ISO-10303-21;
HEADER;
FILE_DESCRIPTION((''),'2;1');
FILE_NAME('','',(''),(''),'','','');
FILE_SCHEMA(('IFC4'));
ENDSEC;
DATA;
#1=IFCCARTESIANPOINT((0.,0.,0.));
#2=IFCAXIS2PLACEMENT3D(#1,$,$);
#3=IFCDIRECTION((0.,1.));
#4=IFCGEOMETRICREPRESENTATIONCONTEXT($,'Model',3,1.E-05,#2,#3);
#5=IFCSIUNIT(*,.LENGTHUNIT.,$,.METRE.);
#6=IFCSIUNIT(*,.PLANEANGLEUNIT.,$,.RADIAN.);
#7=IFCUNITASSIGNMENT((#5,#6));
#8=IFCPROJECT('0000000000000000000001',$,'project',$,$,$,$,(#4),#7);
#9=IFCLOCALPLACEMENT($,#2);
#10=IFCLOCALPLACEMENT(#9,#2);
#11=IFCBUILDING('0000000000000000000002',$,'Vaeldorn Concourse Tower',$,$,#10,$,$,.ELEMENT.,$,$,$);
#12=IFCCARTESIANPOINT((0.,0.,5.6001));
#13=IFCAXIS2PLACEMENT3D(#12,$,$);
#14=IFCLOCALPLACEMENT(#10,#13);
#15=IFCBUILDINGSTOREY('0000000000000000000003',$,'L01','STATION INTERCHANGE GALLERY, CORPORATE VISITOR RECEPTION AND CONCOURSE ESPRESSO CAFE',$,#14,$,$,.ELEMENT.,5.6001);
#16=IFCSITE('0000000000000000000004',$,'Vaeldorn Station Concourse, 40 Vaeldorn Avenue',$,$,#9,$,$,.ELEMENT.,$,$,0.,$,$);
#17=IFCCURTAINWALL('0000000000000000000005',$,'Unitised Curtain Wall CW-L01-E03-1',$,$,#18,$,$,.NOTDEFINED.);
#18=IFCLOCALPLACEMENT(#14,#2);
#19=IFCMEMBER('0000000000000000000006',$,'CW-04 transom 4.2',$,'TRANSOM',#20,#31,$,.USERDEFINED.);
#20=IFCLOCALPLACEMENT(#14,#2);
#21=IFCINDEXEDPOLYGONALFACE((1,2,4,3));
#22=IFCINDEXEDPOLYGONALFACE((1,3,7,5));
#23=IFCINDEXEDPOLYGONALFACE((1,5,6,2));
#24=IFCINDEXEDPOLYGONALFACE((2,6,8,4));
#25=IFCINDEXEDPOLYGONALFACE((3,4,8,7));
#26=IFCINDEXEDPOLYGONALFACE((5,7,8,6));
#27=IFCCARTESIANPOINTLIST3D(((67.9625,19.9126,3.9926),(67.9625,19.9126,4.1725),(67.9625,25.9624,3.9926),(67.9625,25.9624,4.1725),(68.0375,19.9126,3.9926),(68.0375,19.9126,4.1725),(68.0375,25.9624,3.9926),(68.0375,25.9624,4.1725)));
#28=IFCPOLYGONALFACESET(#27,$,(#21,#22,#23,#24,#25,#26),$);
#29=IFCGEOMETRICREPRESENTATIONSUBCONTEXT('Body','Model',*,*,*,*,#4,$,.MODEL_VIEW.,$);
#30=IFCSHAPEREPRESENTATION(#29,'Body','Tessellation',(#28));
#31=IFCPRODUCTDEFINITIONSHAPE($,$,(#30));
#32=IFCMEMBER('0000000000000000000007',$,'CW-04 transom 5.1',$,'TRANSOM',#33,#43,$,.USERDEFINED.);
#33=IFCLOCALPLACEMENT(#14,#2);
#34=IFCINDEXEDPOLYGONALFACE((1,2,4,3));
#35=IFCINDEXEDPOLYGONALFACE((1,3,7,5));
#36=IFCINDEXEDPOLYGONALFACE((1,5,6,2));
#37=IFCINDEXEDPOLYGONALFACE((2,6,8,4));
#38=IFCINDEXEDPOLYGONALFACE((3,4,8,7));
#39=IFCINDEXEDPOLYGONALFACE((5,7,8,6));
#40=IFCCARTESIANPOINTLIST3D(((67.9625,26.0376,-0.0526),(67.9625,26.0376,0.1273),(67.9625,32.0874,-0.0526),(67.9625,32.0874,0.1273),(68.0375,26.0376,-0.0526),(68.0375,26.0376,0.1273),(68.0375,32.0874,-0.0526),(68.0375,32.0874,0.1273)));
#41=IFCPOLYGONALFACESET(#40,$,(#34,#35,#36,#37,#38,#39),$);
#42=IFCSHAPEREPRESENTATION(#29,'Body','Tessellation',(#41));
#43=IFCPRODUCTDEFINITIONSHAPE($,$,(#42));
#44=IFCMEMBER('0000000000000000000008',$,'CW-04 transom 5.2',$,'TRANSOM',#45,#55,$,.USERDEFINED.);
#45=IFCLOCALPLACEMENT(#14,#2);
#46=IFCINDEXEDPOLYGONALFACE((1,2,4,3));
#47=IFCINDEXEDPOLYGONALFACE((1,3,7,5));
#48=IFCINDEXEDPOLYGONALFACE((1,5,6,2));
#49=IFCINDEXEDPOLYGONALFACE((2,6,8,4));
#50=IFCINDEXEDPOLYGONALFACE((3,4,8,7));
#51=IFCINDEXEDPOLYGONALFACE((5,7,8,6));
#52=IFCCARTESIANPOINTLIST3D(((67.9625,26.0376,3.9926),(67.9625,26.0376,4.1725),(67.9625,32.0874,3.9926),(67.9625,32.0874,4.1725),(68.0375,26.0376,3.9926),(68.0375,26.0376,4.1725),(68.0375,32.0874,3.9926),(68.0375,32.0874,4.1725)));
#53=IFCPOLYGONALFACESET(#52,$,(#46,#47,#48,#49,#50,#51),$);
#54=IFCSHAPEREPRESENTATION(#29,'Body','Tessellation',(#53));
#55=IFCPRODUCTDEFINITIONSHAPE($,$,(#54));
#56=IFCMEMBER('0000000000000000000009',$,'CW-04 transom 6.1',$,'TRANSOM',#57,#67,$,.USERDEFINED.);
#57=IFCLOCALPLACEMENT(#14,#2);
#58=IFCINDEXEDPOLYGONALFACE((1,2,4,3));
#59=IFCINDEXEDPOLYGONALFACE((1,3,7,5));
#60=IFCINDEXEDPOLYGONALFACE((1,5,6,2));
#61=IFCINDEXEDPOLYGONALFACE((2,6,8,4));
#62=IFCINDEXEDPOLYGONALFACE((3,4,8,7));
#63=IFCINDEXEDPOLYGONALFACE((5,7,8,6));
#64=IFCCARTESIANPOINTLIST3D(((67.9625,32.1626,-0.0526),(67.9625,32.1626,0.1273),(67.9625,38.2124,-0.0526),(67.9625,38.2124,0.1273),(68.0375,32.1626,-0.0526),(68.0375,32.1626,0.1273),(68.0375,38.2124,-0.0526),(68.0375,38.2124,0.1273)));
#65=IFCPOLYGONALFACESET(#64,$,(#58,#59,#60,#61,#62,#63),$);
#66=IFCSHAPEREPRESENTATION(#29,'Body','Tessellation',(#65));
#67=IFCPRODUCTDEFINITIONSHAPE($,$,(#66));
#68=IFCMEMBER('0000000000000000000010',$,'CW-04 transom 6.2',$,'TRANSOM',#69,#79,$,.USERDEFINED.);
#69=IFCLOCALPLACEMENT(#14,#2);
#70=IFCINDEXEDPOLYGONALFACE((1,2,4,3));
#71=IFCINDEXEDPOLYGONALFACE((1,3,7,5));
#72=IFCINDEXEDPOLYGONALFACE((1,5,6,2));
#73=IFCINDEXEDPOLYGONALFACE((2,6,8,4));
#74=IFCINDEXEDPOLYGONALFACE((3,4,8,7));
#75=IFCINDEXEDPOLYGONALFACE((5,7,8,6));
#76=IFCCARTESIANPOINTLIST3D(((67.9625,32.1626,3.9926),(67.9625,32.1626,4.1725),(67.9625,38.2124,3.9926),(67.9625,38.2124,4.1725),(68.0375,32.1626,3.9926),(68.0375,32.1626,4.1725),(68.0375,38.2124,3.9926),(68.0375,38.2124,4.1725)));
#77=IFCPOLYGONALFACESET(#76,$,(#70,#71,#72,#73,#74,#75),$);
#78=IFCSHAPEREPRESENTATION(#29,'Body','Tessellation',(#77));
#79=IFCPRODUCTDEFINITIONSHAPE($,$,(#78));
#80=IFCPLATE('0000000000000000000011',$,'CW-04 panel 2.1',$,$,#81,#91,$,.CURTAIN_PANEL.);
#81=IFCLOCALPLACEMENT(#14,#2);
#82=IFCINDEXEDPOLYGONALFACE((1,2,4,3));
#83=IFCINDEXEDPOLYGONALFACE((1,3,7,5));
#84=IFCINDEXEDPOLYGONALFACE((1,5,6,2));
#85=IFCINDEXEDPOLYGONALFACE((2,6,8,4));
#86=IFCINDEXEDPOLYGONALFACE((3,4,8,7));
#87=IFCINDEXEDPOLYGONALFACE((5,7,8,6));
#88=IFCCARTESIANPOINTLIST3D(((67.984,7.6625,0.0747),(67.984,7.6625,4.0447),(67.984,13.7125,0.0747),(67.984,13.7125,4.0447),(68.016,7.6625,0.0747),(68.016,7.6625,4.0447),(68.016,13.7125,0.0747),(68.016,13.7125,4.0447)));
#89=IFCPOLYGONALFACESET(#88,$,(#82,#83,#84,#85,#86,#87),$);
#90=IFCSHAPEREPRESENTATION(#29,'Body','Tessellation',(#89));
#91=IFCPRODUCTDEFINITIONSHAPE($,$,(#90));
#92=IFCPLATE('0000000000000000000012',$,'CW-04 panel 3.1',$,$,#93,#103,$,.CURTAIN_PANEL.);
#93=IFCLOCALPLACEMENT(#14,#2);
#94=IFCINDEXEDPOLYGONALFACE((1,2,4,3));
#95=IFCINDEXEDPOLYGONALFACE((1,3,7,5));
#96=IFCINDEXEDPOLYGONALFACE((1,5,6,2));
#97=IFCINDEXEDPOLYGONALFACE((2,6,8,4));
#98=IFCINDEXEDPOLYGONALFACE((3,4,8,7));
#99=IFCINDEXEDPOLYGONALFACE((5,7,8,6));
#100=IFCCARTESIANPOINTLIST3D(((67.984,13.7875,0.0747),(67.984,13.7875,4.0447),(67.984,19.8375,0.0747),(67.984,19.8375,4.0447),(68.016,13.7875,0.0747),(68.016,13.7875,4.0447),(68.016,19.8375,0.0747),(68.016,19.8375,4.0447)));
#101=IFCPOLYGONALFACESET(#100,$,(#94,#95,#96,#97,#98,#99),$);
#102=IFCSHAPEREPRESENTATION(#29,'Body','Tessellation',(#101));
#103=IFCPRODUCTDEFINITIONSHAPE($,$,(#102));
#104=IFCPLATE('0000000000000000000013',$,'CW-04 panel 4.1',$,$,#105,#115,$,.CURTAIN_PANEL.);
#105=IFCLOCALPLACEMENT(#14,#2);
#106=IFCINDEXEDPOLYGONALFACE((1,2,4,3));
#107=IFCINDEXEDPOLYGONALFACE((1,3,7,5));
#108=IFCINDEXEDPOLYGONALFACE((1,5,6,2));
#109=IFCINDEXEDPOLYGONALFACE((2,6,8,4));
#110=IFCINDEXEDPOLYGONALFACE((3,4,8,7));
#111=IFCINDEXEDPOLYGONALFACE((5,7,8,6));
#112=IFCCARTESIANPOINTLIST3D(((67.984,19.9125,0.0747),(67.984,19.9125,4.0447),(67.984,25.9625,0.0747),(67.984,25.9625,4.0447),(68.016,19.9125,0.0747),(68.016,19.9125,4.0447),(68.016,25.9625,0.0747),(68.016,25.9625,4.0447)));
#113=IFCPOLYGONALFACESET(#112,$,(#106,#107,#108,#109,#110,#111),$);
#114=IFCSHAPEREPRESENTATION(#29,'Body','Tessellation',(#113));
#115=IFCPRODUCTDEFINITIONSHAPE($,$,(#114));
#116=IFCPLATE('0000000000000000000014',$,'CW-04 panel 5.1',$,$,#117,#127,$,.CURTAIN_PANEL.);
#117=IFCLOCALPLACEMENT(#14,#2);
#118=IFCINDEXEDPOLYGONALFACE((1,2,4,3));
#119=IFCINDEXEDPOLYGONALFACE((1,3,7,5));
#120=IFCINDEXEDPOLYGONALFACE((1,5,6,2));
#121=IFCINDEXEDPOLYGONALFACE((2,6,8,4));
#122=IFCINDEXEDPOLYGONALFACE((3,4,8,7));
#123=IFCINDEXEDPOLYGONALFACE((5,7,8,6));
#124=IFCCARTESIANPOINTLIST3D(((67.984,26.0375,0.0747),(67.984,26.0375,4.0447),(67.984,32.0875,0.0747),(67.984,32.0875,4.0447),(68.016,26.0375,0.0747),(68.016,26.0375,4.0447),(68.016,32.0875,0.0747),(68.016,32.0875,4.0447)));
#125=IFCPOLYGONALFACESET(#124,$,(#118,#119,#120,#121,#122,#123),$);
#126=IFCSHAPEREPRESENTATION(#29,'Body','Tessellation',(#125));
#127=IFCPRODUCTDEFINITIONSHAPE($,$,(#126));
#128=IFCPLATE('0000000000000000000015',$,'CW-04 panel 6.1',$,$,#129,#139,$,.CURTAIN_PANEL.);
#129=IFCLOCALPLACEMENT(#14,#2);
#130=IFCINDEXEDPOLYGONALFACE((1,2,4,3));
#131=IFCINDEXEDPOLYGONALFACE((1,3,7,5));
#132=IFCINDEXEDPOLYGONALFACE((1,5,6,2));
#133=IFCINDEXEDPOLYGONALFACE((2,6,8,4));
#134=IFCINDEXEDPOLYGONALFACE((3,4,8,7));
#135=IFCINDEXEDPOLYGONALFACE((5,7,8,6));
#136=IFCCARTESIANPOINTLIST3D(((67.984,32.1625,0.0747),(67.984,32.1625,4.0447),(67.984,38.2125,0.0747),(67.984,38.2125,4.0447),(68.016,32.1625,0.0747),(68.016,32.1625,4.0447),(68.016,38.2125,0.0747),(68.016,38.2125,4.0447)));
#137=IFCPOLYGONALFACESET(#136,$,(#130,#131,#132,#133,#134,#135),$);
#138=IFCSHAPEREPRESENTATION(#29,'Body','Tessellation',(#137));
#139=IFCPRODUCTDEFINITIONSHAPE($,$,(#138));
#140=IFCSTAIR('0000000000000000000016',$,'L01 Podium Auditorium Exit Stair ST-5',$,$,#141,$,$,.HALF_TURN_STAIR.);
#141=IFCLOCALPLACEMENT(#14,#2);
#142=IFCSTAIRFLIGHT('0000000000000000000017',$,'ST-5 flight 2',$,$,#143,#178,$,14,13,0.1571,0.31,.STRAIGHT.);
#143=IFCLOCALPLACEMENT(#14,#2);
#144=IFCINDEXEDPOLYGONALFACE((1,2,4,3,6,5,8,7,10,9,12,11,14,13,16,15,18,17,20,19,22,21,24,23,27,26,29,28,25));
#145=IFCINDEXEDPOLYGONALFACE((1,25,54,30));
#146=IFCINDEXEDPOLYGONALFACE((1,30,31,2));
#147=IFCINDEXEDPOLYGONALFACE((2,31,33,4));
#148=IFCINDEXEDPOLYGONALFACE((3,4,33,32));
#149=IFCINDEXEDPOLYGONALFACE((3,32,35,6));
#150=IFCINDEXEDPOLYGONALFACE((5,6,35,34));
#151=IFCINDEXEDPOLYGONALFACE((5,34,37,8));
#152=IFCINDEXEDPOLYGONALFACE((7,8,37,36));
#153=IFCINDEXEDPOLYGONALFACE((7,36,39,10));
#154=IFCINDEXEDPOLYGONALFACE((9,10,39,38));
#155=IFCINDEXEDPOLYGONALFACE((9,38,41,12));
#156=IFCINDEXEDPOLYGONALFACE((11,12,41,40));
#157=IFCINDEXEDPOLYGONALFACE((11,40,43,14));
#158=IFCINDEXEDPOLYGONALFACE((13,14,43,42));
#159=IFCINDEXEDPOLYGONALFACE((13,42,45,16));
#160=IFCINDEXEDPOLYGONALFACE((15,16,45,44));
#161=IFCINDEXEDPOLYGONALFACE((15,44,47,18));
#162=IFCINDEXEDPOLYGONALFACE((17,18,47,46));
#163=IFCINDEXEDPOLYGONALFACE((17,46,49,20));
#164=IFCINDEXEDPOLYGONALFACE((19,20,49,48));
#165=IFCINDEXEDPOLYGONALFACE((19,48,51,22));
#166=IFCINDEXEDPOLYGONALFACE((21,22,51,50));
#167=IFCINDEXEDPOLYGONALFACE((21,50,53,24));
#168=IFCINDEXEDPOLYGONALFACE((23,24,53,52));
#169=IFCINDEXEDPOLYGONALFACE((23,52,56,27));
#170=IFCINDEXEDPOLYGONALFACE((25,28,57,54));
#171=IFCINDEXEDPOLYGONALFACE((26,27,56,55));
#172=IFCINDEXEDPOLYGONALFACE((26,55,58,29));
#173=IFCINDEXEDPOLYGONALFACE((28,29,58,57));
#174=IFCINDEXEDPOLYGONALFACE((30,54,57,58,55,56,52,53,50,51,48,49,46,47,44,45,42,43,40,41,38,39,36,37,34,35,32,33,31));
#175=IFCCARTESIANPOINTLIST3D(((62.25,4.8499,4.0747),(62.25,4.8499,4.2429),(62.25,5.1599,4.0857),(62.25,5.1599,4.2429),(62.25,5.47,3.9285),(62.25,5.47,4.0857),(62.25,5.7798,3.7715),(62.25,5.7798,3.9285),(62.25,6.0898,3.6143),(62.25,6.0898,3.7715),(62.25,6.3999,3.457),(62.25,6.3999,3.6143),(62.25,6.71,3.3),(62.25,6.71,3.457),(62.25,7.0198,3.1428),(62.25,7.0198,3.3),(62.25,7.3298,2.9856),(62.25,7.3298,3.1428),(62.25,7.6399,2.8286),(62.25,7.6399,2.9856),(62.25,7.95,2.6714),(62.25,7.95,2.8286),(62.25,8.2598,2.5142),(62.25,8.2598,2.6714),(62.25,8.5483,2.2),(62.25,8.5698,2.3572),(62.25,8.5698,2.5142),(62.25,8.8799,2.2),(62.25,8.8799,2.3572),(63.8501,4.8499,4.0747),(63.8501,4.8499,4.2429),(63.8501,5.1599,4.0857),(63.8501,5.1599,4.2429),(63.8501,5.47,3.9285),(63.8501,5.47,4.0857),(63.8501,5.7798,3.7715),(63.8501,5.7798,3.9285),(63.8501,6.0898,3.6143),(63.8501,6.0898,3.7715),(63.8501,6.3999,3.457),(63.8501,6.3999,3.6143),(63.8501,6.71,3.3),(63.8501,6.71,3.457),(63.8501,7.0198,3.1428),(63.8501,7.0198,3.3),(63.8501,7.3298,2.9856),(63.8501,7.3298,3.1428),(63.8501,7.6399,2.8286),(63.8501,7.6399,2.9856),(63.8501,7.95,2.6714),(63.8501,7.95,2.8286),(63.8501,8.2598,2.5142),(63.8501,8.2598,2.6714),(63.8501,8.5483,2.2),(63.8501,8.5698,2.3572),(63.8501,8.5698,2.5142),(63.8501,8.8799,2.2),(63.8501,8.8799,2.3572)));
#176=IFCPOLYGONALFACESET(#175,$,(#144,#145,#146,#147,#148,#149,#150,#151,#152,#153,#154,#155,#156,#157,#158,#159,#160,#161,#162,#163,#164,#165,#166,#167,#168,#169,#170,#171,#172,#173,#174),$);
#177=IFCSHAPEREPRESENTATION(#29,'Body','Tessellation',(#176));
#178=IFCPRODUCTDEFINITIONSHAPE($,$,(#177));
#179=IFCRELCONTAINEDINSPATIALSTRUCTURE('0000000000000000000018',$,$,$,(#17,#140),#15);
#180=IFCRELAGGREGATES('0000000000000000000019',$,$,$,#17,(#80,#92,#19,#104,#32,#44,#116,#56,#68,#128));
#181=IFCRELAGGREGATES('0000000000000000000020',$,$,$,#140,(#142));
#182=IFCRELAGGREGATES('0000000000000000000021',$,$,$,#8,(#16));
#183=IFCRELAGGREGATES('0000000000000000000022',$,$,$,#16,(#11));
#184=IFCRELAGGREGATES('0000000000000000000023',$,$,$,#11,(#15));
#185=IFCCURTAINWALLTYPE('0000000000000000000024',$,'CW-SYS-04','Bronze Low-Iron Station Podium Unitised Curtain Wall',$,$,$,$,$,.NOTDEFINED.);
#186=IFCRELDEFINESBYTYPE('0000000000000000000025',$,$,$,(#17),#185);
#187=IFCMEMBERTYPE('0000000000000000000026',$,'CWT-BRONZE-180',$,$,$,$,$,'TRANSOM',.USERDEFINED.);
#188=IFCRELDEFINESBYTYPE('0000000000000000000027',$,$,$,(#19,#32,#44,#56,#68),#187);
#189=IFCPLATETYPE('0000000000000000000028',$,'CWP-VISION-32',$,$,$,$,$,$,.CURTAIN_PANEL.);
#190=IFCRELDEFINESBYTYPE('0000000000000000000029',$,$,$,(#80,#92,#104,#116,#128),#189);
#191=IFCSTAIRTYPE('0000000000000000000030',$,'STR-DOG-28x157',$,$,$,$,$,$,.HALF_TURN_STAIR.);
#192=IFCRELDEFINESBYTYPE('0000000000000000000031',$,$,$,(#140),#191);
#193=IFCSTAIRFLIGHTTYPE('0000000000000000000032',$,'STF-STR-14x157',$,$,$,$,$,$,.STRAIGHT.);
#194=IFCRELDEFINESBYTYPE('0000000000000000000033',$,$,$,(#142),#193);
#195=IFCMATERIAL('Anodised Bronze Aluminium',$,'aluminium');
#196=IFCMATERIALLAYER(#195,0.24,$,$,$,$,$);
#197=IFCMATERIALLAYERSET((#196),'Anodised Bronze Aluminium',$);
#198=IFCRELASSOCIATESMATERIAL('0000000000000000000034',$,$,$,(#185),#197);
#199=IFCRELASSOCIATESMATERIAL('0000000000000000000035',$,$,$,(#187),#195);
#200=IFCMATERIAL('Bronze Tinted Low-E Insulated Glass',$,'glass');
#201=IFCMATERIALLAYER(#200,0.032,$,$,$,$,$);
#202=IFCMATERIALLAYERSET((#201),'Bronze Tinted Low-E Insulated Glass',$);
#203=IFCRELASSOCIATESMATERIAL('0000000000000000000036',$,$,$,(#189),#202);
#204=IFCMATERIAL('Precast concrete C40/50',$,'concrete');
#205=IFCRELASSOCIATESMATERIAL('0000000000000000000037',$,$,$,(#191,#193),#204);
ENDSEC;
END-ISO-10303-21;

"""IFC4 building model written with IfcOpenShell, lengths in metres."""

from ifc_helpers import new_model, si_unit, direction, frame, origin, origin_2d, place, context, subcontext, project, spatial, polyline, rectangle, outline, extrude, source, transform, mapped, material, layer, layer_set, material_profile, profile_set, type_object, element, aggregate, save


model = new_model("IFC4")

# Units and contexts
model_context = context("Model", 3, precision=1e-05, world=origin(), true_north=direction((0.0, 1.0)))
body_context = subcontext(model_context, "Body", "Model", "MODEL_VIEW")
ifc_project = project(units=[si_unit("LENGTHUNIT", "METRE"), si_unit("PLANEANGLEUNIT", "RADIAN")], contexts=[model_context])

# Site, building, storey
site_placement = place(None, origin())
site = spatial("IfcSite", under=ifc_project, at=site_placement, Name="Vaeldorn Station Concourse, 40 Vaeldorn Avenue", CompositionType="ELEMENT", RefElevation=0.0)
building_placement = place(site_placement, origin())
building = spatial("IfcBuilding", under=site, at=building_placement, Name="Vaeldorn Concourse Tower", CompositionType="ELEMENT")
storey_placement = place(building_placement, frame((0.0, 0.0, 5.6001)))
storey = spatial("IfcBuildingStorey", under=building, at=storey_placement, Name="L01", Description="STATION INTERCHANGE GALLERY, CORPORATE VISITOR RECEPTION AND CONCOURSE ESPRESSO CAFE", CompositionType="ELEMENT", Elevation=5.6001)

# Curtain wall, members, plates
ifc_material_1 = material(Name="Anodised Bronze Aluminium", Category="aluminium")
ifc_layer_1 = layer(ifc_material_1, 0.24)
ifc_layer_set_1 = layer_set([ifc_layer_1], Name="Anodised Bronze Aluminium")
curtain_wall_type = type_object("IfcCurtainWallType", Name="CW-SYS-04", Description="Bronze Low-Iron Station Podium Unitised Curtain Wall", PredefinedType="NOTDEFINED", material=ifc_layer_set_1)
curtain_wall_placement = place(storey_placement, origin())
curtain_wall = element("IfcCurtainWall", 1, at=curtain_wall_placement, inside=storey, type_object=curtain_wall_type, Name="Unitised Curtain Wall CW-L01-E03-1", PredefinedType="NOTDEFINED")
ifc_material_profile_1 = material_profile(ifc_material_1, rectangle(XDim=0.075, YDim=0.1799, at=origin_2d()), Name="CWT 75x180")
ifc_profile_set_1 = profile_set([ifc_material_profile_1], Name="Anodised Bronze Aluminium")
member_type_1 = type_object("IfcMemberType", Name="CWT-BRONZE-180", ElementType="TRANSOM", PredefinedType="USERDEFINED", material=ifc_profile_set_1)
shared_shape_1 = source(origin(), body_context, "Body", "SweptSolid", [
    extrude(rectangle(XDim=0.075, YDim=0.1799, at=origin_2d()), origin(), (0.0, 0.0, 1.0), 6.0498),
])
member_1_placement = place(storey_placement, frame((68.0, 19.9126, 4.0825), z_axis=(0.0, 1.0, 0.0), x_axis=(-1.0, 0.0, 0.0)))
member_1 = element("IfcMember", 2, at=member_1_placement, type_object=member_type_1, Name="CW-04 transom 4.2", ObjectType="TRANSOM", PredefinedType="USERDEFINED", context=body_context, shape_type="MappedRepresentation", body=[
    mapped(shared_shape_1, transform((0.0, 0.0, 0.0), scale=1.0)),
])
member_2_placement = place(storey_placement, frame((68.0, 26.0376, 0.0374), z_axis=(0.0, 1.0, 0.0), x_axis=(-1.0, 0.0, 0.0)))
member_2 = element("IfcMember", 3, at=member_2_placement, type_object=member_type_1, Name="CW-04 transom 5.1", ObjectType="TRANSOM", PredefinedType="USERDEFINED", context=body_context, shape_type="MappedRepresentation", body=[
    mapped(shared_shape_1, transform((0.0, 0.0, 0.0), scale=1.0)),
])
member_3_placement = place(storey_placement, frame((68.0, 26.0376, 4.0825), z_axis=(0.0, 1.0, 0.0), x_axis=(-1.0, 0.0, 0.0)))
member_3 = element("IfcMember", 4, at=member_3_placement, type_object=member_type_1, Name="CW-04 transom 5.2", ObjectType="TRANSOM", PredefinedType="USERDEFINED", context=body_context, shape_type="MappedRepresentation", body=[
    mapped(shared_shape_1, transform((0.0, 0.0, 0.0), scale=1.0)),
])
member_4_placement = place(storey_placement, frame((68.0, 32.1626, 0.0374), z_axis=(0.0, 1.0, 0.0), x_axis=(-1.0, 0.0, 0.0)))
member_4 = element("IfcMember", 5, at=member_4_placement, type_object=member_type_1, Name="CW-04 transom 6.1", ObjectType="TRANSOM", PredefinedType="USERDEFINED", context=body_context, shape_type="MappedRepresentation", body=[
    mapped(shared_shape_1, transform((0.0, 0.0, 0.0), scale=1.0)),
])
member_5_placement = place(storey_placement, frame((68.0, 32.1626, 4.0825), z_axis=(0.0, 1.0, 0.0), x_axis=(-1.0, 0.0, 0.0)))
member_5 = element("IfcMember", 6, at=member_5_placement, type_object=member_type_1, Name="CW-04 transom 6.2", ObjectType="TRANSOM", PredefinedType="USERDEFINED", context=body_context, shape_type="MappedRepresentation", body=[
    mapped(shared_shape_1, transform((0.0, 0.0, 0.0), scale=1.0)),
])
ifc_material_2 = material(Name="Bronze Tinted Low-E Insulated Glass", Category="glass")
ifc_layer_2 = layer(ifc_material_2, 0.032)
ifc_layer_set_2 = layer_set([ifc_layer_2], Name="Bronze Tinted Low-E Insulated Glass")
plate_type = type_object("IfcPlateType", Name="CWP-VISION-32", PredefinedType="CURTAIN_PANEL", material=ifc_layer_set_2)
shared_shape_2 = source(origin(), body_context, "Body", "SweptSolid", [
    extrude(rectangle(XDim=6.05, YDim=0.032, at=origin_2d()), origin(), (0.0, 0.0, 1.0), 3.97),
])
plate_1_placement = place(storey_placement, frame((68.0, 10.6875, 0.0747), z_axis=(0.0, 0.0, 1.0), x_axis=(0.0, 1.0, 0.0)))
plate_1 = element("IfcPlate", 7, at=plate_1_placement, type_object=plate_type, Name="CW-04 panel 2.1", PredefinedType="CURTAIN_PANEL", context=body_context, shape_type="MappedRepresentation", body=[
    mapped(shared_shape_2, transform((0.0, 0.0, 0.0), scale=1.0)),
])
plate_2_placement = place(storey_placement, frame((68.0, 16.8125, 0.0747), z_axis=(0.0, 0.0, 1.0), x_axis=(0.0, 1.0, 0.0)))
plate_2 = element("IfcPlate", 8, at=plate_2_placement, type_object=plate_type, Name="CW-04 panel 3.1", PredefinedType="CURTAIN_PANEL", context=body_context, shape_type="MappedRepresentation", body=[
    mapped(shared_shape_2, transform((0.0, 0.0, 0.0), scale=1.0)),
])
plate_3_placement = place(storey_placement, frame((68.0, 22.9375, 0.0747), z_axis=(0.0, 0.0, 1.0), x_axis=(0.0, 1.0, 0.0)))
plate_3 = element("IfcPlate", 9, at=plate_3_placement, type_object=plate_type, Name="CW-04 panel 4.1", PredefinedType="CURTAIN_PANEL", context=body_context, shape_type="MappedRepresentation", body=[
    mapped(shared_shape_2, transform((0.0, 0.0, 0.0), scale=1.0)),
])
plate_4_placement = place(storey_placement, frame((68.0, 29.0625, 0.0747), z_axis=(0.0, 0.0, 1.0), x_axis=(0.0, 1.0, 0.0)))
plate_4 = element("IfcPlate", 10, at=plate_4_placement, type_object=plate_type, Name="CW-04 panel 5.1", PredefinedType="CURTAIN_PANEL", context=body_context, shape_type="MappedRepresentation", body=[
    mapped(shared_shape_2, transform((0.0, 0.0, 0.0), scale=1.0)),
])
plate_5_placement = place(storey_placement, frame((68.0, 35.1875, 0.0747), z_axis=(0.0, 0.0, 1.0), x_axis=(0.0, 1.0, 0.0)))
plate_5 = element("IfcPlate", 11, at=plate_5_placement, type_object=plate_type, Name="CW-04 panel 6.1", PredefinedType="CURTAIN_PANEL", context=body_context, shape_type="MappedRepresentation", body=[
    mapped(shared_shape_2, transform((0.0, 0.0, 0.0), scale=1.0)),
])
aggregate(curtain_wall, [plate_1, plate_2, member_1, plate_3, member_2, member_3, plate_4, member_4, member_5, plate_5])

# Stair, stair flight
ifc_material_3 = material(Name="Precast concrete C40/50", Category="concrete")
stair_type = type_object("IfcStairType", Name="STR-DOG-28x157", PredefinedType="HALF_TURN_STAIR", material=ifc_material_3)
stair_placement = place(storey_placement, origin())
stair = element("IfcStair", 12, at=stair_placement, inside=storey, type_object=stair_type, Name="L01 Podium Auditorium Exit Stair ST-5", PredefinedType="HALF_TURN_STAIR")
stair_flight_type = type_object("IfcStairFlightType", Name="STF-STR-14x157", PredefinedType="STRAIGHT", material=ifc_material_3)
stair_flight_placement = place(storey_placement, frame((63.05, 8.8799, 2.2), z_axis=(0.0, 0.0, 1.0), x_axis=(0.0, -1.0, 0.0)))
stair_flight = element("IfcStairFlight", 13, at=stair_flight_placement, type_object=stair_flight_type, Name="ST-5 flight 2", NumberOfRisers=14, NumberOfTreads=13, PredefinedType="STRAIGHT", RiserHeight=0.1571, TreadLength=0.31, context=body_context, shape_type="SweptSolid", body=[
    extrude(outline(polyline([(0.0, 0.0), (0.0, 0.1572), (0.3101, 0.1572), (0.3101, 0.3142), (0.6201, 0.3142), (0.6201, 0.4714), (0.9299, 0.4714), (0.9299, 0.6287), (1.24, 0.6287), (1.24, 0.7856), (1.55, 0.7856), (1.55, 0.9429), (1.8601, 0.9429), (1.8601, 1.1001), (2.1699, 1.1001), (2.1699, 1.2571), (2.48, 1.2571), (2.48, 1.4143), (2.79, 1.4143), (2.79, 1.5715), (3.1001, 1.5715), (3.1001, 1.7285), (3.4099, 1.7285), (3.4099, 1.8857), (3.72, 1.8857), (3.72, 2.043), (4.03, 2.043), (4.03, 2.2), (4.03, 1.8748), (0.3315, 0.0), (0.0, 0.0)])), frame((0.0, 0.8, 0.0), z_axis=(0.0, -1.0, 0.0), x_axis=(1.0, 0.0, 0.0)), (0.0, 0.0, 1.0), 1.6001),
])
aggregate(stair, [stair_flight])

save(model, "model.ifc")
